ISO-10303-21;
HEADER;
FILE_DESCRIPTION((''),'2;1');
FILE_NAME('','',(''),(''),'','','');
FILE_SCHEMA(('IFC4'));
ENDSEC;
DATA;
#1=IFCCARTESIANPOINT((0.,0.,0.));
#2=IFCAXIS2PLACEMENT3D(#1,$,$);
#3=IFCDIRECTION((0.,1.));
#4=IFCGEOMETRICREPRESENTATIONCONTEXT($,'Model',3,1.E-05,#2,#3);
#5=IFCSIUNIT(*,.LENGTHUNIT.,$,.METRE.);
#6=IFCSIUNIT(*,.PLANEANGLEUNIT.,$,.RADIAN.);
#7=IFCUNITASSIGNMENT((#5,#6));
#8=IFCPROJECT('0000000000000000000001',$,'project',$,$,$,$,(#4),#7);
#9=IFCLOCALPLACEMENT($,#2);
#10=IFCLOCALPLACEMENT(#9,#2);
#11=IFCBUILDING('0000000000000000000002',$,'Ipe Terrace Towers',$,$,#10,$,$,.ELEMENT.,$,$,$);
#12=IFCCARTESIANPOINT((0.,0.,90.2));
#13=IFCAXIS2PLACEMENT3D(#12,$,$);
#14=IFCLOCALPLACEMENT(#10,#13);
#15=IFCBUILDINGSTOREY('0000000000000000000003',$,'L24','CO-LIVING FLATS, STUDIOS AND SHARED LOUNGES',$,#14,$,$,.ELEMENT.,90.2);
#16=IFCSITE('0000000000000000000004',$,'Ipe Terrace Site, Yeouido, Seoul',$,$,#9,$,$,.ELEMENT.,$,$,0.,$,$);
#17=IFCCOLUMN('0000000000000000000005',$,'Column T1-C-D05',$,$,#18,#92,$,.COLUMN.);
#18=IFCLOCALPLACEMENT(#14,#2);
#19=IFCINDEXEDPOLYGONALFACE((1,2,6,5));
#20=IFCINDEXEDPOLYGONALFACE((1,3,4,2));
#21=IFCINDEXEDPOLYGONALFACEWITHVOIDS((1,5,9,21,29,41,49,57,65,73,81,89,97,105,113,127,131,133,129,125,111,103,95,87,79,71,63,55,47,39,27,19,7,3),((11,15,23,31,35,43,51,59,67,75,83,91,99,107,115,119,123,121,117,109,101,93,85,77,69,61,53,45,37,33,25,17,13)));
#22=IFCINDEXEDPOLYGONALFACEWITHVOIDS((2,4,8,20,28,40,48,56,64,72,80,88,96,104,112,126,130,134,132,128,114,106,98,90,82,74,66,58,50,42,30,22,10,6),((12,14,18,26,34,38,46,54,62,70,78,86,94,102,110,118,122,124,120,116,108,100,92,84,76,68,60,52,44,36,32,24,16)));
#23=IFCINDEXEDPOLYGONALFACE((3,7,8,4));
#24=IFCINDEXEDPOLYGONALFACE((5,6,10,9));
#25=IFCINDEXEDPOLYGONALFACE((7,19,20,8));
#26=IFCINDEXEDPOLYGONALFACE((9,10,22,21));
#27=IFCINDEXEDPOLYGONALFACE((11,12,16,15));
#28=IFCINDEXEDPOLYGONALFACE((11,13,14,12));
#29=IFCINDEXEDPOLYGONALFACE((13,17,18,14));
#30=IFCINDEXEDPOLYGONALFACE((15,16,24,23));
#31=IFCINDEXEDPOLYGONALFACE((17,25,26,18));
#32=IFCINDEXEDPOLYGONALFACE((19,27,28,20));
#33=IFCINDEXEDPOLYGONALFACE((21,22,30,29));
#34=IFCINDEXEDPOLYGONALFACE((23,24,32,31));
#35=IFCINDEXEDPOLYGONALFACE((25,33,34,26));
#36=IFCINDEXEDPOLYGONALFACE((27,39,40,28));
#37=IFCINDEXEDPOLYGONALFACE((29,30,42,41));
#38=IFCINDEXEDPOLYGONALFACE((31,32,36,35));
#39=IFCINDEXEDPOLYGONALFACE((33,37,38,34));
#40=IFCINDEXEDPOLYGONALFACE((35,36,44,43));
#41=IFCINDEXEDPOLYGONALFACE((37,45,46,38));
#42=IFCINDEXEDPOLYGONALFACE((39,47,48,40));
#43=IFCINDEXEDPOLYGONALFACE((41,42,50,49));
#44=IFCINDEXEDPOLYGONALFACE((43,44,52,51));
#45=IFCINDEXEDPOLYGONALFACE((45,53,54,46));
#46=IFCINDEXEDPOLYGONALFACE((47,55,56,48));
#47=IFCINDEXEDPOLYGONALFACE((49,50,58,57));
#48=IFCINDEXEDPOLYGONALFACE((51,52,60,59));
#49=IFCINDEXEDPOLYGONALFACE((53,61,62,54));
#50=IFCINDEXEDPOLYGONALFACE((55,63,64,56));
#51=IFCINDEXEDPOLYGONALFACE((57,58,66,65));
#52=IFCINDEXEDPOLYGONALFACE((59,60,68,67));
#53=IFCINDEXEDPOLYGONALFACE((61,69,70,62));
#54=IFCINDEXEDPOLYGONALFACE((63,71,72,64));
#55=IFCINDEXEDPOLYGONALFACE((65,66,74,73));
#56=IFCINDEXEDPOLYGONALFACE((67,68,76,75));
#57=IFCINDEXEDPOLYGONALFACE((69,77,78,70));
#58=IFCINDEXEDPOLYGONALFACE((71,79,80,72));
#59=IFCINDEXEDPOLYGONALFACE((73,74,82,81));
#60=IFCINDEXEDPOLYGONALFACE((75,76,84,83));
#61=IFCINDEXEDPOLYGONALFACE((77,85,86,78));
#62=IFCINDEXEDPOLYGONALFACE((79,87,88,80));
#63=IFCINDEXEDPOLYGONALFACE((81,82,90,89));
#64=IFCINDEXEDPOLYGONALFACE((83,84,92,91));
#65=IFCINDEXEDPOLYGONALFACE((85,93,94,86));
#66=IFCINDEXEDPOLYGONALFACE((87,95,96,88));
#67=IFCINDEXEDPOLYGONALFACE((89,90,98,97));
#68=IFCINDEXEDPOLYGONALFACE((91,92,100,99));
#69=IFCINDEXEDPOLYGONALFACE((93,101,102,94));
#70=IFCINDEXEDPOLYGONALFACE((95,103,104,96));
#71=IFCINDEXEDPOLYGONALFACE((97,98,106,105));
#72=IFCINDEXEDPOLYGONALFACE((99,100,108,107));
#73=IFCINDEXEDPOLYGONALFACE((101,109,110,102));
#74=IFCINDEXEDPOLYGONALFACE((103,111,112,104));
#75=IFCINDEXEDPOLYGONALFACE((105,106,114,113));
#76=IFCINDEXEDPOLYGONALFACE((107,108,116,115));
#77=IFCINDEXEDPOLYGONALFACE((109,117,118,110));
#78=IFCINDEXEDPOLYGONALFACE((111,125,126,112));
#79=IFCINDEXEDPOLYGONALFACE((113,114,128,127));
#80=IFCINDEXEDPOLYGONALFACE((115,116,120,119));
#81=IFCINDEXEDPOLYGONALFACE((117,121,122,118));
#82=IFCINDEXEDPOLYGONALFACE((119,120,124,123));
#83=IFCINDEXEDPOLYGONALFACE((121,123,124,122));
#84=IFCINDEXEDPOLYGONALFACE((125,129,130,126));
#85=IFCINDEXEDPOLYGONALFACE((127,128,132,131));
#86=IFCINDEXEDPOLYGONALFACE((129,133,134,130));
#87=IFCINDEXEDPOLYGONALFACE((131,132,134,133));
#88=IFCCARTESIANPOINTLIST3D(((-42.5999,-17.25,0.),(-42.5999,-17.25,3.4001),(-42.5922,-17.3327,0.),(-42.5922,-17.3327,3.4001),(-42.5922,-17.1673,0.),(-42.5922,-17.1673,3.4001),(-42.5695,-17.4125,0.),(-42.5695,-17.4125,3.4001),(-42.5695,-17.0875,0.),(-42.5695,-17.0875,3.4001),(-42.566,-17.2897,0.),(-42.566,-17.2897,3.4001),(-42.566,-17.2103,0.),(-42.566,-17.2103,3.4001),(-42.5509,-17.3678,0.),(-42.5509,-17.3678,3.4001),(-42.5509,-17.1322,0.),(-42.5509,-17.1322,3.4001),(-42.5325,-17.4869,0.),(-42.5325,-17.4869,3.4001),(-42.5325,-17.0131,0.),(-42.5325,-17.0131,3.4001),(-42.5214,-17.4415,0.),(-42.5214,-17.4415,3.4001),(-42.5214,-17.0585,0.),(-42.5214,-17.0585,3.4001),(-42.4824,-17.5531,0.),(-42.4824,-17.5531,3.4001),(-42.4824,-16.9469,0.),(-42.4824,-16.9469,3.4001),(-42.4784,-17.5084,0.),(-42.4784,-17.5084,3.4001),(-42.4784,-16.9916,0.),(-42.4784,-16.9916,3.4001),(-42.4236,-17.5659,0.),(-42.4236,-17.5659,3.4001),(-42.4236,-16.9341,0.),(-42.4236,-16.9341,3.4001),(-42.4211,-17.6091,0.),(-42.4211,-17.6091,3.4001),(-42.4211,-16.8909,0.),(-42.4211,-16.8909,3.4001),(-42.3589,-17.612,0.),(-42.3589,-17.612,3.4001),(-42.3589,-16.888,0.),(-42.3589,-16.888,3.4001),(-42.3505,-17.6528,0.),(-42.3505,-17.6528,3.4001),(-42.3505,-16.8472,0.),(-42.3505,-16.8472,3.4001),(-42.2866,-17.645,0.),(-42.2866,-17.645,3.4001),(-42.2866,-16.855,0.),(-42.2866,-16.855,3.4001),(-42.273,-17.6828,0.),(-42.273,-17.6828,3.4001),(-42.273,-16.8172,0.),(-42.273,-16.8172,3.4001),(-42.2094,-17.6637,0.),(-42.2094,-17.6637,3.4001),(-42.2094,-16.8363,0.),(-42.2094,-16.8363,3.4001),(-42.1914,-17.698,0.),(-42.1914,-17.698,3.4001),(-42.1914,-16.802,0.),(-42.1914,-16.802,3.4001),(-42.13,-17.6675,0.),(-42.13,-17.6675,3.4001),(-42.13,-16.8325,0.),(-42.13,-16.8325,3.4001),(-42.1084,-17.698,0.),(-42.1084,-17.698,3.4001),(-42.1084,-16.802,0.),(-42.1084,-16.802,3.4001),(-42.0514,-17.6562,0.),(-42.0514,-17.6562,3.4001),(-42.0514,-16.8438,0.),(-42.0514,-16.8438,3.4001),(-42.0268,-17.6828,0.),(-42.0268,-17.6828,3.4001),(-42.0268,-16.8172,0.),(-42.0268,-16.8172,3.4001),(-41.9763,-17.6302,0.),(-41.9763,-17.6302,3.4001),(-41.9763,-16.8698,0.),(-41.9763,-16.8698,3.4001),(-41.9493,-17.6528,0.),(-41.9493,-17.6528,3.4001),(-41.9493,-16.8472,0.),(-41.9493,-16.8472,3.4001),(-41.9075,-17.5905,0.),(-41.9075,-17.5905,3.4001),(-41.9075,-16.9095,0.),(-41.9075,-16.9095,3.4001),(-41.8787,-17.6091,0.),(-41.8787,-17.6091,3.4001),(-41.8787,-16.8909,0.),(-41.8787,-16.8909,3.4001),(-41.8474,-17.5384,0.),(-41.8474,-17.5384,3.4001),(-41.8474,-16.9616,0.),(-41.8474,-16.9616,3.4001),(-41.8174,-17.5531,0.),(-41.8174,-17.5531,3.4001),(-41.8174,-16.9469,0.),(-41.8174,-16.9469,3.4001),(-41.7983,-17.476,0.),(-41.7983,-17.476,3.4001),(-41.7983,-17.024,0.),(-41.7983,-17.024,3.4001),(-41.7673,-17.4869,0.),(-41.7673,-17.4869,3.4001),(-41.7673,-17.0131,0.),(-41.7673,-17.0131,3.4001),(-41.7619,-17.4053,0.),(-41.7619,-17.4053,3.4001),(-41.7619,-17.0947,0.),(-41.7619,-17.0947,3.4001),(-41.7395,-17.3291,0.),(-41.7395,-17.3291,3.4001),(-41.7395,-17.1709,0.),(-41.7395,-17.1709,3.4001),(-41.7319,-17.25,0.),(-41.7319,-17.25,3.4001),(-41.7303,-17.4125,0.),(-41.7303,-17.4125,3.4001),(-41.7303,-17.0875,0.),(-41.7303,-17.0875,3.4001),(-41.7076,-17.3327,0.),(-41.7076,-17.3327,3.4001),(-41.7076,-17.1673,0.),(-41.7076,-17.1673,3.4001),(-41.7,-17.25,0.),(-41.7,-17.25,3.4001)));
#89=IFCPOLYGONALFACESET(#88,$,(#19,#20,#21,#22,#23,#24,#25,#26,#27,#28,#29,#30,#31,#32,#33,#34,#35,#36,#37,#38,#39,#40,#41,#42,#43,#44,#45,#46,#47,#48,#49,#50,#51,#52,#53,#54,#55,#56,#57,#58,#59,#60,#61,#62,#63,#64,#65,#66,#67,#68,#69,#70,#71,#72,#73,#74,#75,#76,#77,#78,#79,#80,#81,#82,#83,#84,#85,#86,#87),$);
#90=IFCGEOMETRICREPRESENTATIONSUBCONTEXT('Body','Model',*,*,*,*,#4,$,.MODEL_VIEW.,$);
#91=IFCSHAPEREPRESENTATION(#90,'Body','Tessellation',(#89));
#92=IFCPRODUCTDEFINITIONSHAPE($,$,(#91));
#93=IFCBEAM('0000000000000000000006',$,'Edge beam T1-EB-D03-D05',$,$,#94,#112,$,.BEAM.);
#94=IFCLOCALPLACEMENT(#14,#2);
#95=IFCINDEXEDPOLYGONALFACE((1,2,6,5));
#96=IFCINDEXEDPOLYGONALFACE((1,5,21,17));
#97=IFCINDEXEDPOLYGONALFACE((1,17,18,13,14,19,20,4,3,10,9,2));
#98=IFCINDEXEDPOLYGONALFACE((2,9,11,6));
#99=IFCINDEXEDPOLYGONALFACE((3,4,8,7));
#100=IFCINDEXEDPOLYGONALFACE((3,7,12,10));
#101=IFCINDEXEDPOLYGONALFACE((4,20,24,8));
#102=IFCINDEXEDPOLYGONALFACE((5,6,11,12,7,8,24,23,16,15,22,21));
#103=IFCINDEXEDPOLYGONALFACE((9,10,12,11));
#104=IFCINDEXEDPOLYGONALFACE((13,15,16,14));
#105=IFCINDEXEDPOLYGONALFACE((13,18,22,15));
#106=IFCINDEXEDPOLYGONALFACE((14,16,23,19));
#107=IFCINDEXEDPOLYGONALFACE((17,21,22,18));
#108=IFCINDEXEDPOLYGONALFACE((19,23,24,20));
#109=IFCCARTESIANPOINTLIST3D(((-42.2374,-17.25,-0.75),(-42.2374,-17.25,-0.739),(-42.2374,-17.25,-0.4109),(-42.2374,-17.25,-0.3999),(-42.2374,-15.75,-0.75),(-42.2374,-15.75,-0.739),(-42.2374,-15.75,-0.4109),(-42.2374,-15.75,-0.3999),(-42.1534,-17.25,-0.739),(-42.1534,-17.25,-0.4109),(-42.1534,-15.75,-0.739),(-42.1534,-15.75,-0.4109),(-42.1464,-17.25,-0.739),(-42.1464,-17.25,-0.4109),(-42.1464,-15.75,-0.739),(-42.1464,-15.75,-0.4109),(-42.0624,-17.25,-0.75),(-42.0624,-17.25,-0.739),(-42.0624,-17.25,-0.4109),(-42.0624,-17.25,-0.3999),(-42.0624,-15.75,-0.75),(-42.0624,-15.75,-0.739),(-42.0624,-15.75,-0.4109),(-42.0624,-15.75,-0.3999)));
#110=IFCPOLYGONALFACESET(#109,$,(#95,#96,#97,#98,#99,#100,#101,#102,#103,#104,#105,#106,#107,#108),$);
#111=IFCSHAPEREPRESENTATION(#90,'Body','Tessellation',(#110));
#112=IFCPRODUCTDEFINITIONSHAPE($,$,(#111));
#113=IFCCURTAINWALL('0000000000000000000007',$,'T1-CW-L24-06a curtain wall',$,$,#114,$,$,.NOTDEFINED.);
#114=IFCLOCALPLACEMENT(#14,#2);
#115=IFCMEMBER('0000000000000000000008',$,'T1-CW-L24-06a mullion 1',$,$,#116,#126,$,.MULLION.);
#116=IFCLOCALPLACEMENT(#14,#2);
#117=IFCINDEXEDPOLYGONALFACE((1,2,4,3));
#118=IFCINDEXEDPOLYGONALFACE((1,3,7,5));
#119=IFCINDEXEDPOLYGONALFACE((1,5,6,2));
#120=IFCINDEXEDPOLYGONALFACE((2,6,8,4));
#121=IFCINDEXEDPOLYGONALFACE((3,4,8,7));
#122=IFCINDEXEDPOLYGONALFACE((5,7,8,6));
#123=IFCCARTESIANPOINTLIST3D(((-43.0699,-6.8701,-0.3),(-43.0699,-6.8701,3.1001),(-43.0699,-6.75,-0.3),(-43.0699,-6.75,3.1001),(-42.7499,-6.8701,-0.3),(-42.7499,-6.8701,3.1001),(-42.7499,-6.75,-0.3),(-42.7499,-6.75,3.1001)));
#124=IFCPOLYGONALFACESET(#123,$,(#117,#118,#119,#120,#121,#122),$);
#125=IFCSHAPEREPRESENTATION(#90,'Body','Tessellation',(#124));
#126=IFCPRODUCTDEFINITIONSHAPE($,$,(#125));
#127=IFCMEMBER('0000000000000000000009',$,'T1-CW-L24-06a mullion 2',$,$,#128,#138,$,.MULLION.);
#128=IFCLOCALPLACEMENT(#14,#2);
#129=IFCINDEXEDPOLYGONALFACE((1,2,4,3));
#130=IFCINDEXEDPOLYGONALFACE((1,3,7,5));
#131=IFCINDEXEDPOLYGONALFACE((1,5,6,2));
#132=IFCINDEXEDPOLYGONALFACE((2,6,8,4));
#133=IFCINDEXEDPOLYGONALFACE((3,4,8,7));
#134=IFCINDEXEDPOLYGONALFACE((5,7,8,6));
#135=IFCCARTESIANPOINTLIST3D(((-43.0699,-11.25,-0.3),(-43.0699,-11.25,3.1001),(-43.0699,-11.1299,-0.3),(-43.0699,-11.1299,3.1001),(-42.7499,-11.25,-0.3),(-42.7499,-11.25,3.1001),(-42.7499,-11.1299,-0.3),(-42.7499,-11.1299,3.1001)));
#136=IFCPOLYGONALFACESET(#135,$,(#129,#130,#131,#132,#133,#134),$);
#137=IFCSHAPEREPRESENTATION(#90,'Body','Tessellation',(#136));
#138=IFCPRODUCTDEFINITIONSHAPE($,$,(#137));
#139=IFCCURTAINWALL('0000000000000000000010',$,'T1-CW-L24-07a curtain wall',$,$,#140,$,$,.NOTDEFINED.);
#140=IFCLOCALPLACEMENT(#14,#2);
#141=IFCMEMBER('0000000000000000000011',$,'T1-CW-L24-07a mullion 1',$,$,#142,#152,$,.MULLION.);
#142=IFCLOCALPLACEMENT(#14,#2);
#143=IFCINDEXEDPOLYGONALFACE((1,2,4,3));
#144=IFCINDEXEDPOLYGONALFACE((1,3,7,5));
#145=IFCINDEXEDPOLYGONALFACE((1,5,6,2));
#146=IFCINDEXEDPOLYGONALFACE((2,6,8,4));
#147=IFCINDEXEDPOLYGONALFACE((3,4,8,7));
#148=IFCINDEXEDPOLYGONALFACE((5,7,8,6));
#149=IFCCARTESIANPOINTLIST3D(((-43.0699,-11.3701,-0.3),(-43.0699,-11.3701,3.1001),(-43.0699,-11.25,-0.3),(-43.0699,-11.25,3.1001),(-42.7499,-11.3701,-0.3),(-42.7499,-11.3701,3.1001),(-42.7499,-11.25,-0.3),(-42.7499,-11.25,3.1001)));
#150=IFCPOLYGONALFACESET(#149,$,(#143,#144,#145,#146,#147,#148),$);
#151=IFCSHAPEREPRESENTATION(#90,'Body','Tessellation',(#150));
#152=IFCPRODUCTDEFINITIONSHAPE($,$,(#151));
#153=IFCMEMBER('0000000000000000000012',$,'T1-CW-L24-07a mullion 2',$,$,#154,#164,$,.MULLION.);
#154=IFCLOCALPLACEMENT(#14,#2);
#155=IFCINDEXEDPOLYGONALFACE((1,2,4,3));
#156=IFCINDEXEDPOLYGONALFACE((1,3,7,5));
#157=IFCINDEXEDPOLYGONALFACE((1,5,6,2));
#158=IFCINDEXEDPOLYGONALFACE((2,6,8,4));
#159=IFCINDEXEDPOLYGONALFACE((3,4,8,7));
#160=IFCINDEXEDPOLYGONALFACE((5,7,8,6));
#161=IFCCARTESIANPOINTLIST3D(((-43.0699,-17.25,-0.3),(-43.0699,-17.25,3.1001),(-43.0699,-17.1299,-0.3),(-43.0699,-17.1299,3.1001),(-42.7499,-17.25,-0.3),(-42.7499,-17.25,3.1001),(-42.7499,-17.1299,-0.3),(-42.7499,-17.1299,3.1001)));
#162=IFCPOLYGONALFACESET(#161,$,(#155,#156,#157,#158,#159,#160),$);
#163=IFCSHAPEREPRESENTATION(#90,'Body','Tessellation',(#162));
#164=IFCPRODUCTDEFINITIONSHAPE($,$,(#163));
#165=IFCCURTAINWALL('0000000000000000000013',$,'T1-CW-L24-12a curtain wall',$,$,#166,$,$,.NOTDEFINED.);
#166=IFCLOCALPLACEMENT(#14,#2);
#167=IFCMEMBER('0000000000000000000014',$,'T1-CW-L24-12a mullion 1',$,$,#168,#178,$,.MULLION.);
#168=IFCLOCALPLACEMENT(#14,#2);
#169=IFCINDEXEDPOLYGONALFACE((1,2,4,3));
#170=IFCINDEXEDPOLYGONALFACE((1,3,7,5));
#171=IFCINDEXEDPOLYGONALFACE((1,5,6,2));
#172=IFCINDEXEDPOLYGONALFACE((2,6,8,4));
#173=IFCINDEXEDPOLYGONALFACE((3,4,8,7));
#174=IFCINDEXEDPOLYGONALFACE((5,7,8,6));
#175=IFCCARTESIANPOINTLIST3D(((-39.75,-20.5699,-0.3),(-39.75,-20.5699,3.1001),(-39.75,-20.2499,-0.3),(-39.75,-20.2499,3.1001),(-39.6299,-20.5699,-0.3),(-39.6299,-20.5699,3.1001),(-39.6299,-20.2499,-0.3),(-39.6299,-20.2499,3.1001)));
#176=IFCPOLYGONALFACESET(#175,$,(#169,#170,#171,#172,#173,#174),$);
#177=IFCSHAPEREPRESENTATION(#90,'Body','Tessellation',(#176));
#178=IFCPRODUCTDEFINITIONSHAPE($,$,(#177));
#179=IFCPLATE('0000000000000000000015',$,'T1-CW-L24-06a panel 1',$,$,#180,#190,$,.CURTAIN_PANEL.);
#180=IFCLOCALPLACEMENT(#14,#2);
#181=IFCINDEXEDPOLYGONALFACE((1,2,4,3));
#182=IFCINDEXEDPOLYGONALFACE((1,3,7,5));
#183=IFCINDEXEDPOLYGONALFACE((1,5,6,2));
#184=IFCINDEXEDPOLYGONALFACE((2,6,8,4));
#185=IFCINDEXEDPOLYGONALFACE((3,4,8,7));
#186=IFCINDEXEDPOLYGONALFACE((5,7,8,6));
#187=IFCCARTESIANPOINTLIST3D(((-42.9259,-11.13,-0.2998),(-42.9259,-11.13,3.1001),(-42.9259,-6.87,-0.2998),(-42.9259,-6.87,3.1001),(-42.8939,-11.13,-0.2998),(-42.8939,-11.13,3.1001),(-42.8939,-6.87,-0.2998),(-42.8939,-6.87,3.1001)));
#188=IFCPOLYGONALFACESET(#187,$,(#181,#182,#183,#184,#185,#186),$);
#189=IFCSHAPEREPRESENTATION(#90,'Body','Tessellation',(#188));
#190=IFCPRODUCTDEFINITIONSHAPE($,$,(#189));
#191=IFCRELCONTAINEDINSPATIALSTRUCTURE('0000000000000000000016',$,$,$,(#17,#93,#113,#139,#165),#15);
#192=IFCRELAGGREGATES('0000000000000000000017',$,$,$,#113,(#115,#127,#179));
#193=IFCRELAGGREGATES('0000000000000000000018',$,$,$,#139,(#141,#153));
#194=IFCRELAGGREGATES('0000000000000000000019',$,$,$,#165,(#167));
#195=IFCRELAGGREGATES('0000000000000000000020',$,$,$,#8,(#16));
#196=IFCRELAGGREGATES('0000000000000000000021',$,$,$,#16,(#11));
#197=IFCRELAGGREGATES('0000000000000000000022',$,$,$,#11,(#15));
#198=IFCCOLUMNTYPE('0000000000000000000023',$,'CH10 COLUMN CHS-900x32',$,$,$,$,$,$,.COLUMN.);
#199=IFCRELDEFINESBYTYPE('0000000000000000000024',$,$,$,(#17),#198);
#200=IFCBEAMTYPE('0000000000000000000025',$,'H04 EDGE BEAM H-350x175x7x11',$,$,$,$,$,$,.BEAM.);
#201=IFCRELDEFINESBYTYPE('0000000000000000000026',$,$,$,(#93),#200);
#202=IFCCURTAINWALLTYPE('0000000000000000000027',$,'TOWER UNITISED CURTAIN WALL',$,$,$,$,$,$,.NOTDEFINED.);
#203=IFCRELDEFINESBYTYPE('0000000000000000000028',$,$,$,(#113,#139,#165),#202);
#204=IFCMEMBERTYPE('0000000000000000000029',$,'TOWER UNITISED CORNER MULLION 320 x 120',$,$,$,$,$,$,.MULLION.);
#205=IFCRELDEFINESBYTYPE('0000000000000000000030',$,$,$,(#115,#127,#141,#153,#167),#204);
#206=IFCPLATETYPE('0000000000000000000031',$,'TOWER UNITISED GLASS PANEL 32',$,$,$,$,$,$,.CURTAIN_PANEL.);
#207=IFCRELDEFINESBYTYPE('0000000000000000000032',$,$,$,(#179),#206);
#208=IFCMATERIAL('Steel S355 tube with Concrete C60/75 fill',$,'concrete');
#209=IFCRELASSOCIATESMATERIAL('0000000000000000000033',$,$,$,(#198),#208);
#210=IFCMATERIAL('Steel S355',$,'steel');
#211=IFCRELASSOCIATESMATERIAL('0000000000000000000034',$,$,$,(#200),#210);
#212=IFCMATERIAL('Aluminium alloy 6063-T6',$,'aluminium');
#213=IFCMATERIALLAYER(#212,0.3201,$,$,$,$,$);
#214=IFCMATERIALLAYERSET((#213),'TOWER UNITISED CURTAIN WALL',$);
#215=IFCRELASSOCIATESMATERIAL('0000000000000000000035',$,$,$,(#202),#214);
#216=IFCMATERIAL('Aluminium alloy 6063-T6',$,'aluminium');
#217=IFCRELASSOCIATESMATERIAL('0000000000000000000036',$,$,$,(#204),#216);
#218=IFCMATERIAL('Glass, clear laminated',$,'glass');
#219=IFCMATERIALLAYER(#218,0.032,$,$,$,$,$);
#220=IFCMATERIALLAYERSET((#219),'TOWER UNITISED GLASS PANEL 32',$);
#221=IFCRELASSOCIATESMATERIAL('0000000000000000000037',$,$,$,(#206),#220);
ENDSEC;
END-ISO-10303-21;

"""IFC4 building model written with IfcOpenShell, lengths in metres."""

from ifc_helpers import new_model, si_unit, direction, frame, origin, origin_2d, place, context, subcontext, project, spatial, rectangle, hollow_circle, i_section, extrude, material, layer, layer_set, material_profile, profile_set, type_object, element, aggregate, save


model = new_model("IFC4")

# Units and contexts
model_context = context("Model", 3, precision=1e-05, world=origin(), true_north=direction((0.0, 1.0)))
body_context = subcontext(model_context, "Body", "Model", "MODEL_VIEW")
ifc_project = project(units=[si_unit("LENGTHUNIT", "METRE"), si_unit("PLANEANGLEUNIT", "RADIAN")], contexts=[model_context])

# Site, building, storey
site_placement = place(None, origin())
site = spatial("IfcSite", under=ifc_project, at=site_placement, Name="Ipe Terrace Site, Yeouido, Seoul", CompositionType="ELEMENT", RefElevation=0.0)
building_placement = place(site_placement, origin())
building = spatial("IfcBuilding", under=site, at=building_placement, Name="Ipe Terrace Towers", CompositionType="ELEMENT")
storey_placement = place(building_placement, frame((0.0, 0.0, 90.2)))
storey = spatial("IfcBuildingStorey", under=building, at=storey_placement, Name="L24", Description="CO-LIVING FLATS, STUDIOS AND SHARED LOUNGES", CompositionType="ELEMENT", Elevation=90.2)

# Column
ifc_material_1 = material(Name="Steel S355 tube with Concrete C60/75 fill", Category="concrete")
ifc_material_profile_1 = material_profile(ifc_material_1, hollow_circle(Radius=0.45, WallThickness=0.032, at=origin_2d()), Name="CHS-900x32")
ifc_profile_set_1 = profile_set([ifc_material_profile_1], Name="Steel S355 tube with Concrete C60/75 fill")
column_type_1 = type_object("IfcColumnType", Name="CH10 COLUMN CHS-900x32", PredefinedType="COLUMN", material=ifc_profile_set_1)
for number, where, z_axis, x_axis, name in (
    (1, (-42.1499, -17.25, 0.0), (0.0, 0.0, 1.0), (1.0, 0.0, 0.0), "Column T1-C-D05"),
):
    element("IfcColumn", number, at=place(storey_placement, frame(where, z_axis=z_axis, x_axis=x_axis)), inside=storey, type_object=column_type_1, Name=name, PredefinedType="COLUMN", context=body_context, shape_type="SweptSolid", body=[
        extrude(hollow_circle(Radius=0.45, WallThickness=0.032, at=origin_2d()), origin(), (0.0, 0.0, 1.0), 3.4001),
    ])

# Beam
ifc_material_2 = material(Name="Steel S355", Category="steel")
ifc_material_profile_2 = material_profile(ifc_material_2, i_section(OverallWidth=0.175, OverallDepth=0.3501, WebThickness=0.0071, FlangeThickness=0.011, at=origin_2d()), Name="H-350x175x7x11")
ifc_profile_set_2 = profile_set([ifc_material_profile_2], Name="Steel S355")
beam_type = type_object("IfcBeamType", Name="H04 EDGE BEAM H-350x175x7x11", PredefinedType="BEAM", material=ifc_profile_set_2)
beam_placement = place(storey_placement, frame((-42.1499, -15.75, -0.575), z_axis=(0.0, -1.0, 0.0), x_axis=(1.0, 0.0, 0.0)))
element("IfcBeam", 2, at=beam_placement, inside=storey, type_object=beam_type, Name="Edge beam T1-EB-D03-D05", PredefinedType="BEAM", context=body_context, shape_type="SweptSolid", body=[
    extrude(i_section(OverallWidth=0.175, OverallDepth=0.3501, WebThickness=0.0071, FlangeThickness=0.011, at=origin_2d()), origin(), (0.0, 0.0, 1.0), 1.5),
])

# Curtain walls, members
ifc_material_3 = material(Name="Aluminium alloy 6063-T6", Category="aluminium")
ifc_layer_1 = layer(ifc_material_3, 0.3201)
ifc_layer_set_1 = layer_set([ifc_layer_1], Name="TOWER UNITISED CURTAIN WALL")
curtain_wall_type = type_object("IfcCurtainWallType", Name="TOWER UNITISED CURTAIN WALL", PredefinedType="NOTDEFINED", material=ifc_layer_set_1)
curtain_wall_1_placement = place(storey_placement, origin())
curtain_wall_1 = element("IfcCurtainWall", 3, at=curtain_wall_1_placement, inside=storey, type_object=curtain_wall_type, Name="T1-CW-L24-06a curtain wall", PredefinedType="NOTDEFINED")
ifc_material_4 = material(Name="Aluminium alloy 6063-T6", Category="aluminium")
ifc_material_profile_3 = material_profile(ifc_material_4, rectangle(XDim=0.3201, YDim=0.1201, at=origin_2d()), Name="TOWER UNITISED CORNER MULLION 320 x 120")
ifc_profile_set_3 = profile_set([ifc_material_profile_3], Name="Aluminium alloy 6063-T6")
member_type = type_object("IfcMemberType", Name="TOWER UNITISED CORNER MULLION 320 x 120", PredefinedType="MULLION", material=ifc_profile_set_3)
member_1_placement = place(storey_placement, frame((-42.9099, -6.8101, -0.3), z_axis=(0.0, 0.0, 1.0), x_axis=(-1.0, 0.0, 0.0)))
member_1 = element("IfcMember", 4, at=member_1_placement, type_object=member_type, Name="T1-CW-L24-06a mullion 1", PredefinedType="MULLION", context=body_context, shape_type="SweptSolid", body=[
    extrude(rectangle(XDim=0.3201, YDim=0.1201, at=origin_2d()), origin(), (0.0, 0.0, 1.0), 3.4001),
])
member_2_placement = place(storey_placement, frame((-42.9099, -11.1899, -0.3), z_axis=(0.0, 0.0, 1.0), x_axis=(-1.0, 0.0, 0.0)))
member_2 = element("IfcMember", 5, at=member_2_placement, type_object=member_type, Name="T1-CW-L24-06a mullion 2", PredefinedType="MULLION", context=body_context, shape_type="SweptSolid", body=[
    extrude(rectangle(XDim=0.3201, YDim=0.1201, at=origin_2d()), origin(), (0.0, 0.0, 1.0), 3.4001),
])
curtain_wall_2_placement = place(storey_placement, origin())
curtain_wall_2 = element("IfcCurtainWall", 6, at=curtain_wall_2_placement, inside=storey, type_object=curtain_wall_type, Name="T1-CW-L24-07a curtain wall", PredefinedType="NOTDEFINED")
member_3_placement = place(storey_placement, frame((-42.9099, -11.3101, -0.3), z_axis=(0.0, 0.0, 1.0), x_axis=(-1.0, 0.0, 0.0)))
member_3 = element("IfcMember", 7, at=member_3_placement, type_object=member_type, Name="T1-CW-L24-07a mullion 1", PredefinedType="MULLION", context=body_context, shape_type="SweptSolid", body=[
    extrude(rectangle(XDim=0.3201, YDim=0.1201, at=origin_2d()), origin(), (0.0, 0.0, 1.0), 3.4001),
])
member_4_placement = place(storey_placement, frame((-42.9099, -17.1899, -0.3), z_axis=(0.0, 0.0, 1.0), x_axis=(-1.0, 0.0, 0.0)))
member_4 = element("IfcMember", 8, at=member_4_placement, type_object=member_type, Name="T1-CW-L24-07a mullion 2", PredefinedType="MULLION", context=body_context, shape_type="SweptSolid", body=[
    extrude(rectangle(XDim=0.3201, YDim=0.1201, at=origin_2d()), origin(), (0.0, 0.0, 1.0), 3.4001),
])

# Curtain wall, member
curtain_wall_3_placement = place(storey_placement, origin())
curtain_wall_3 = element("IfcCurtainWall", 9, at=curtain_wall_3_placement, inside=storey, type_object=curtain_wall_type, Name="T1-CW-L24-12a curtain wall", PredefinedType="NOTDEFINED")
member_5_placement = place(storey_placement, frame((-39.6899, -20.4099, -0.3), z_axis=(0.0, 0.0, 1.0), x_axis=(0.0, -1.0, 0.0)))
member_5 = element("IfcMember", 10, at=member_5_placement, type_object=member_type, Name="T1-CW-L24-12a mullion 1", PredefinedType="MULLION", context=body_context, shape_type="SweptSolid", body=[
    extrude(rectangle(XDim=0.3201, YDim=0.1201, at=origin_2d()), origin(), (0.0, 0.0, 1.0), 3.4001),
])

# Plate
ifc_material_5 = material(Name="Glass, clear laminated", Category="glass")
ifc_layer_2 = layer(ifc_material_5, 0.032)
ifc_layer_set_2 = layer_set([ifc_layer_2], Name="TOWER UNITISED GLASS PANEL 32")
plate_type = type_object("IfcPlateType", Name="TOWER UNITISED GLASS PANEL 32", PredefinedType="CURTAIN_PANEL", material=ifc_layer_set_2)
plate_1_placement = place(storey_placement, frame((-42.9099, -9.0, -0.2998), z_axis=(0.0, 0.0, 1.0), x_axis=(0.0, -1.0, 0.0)))
plate_1 = element("IfcPlate", 11, at=plate_1_placement, type_object=plate_type, Name="T1-CW-L24-06a panel 1", PredefinedType="CURTAIN_PANEL", context=body_context, shape_type="SweptSolid", body=[
    extrude(rectangle(XDim=4.26, YDim=0.032, at=origin_2d()), origin(), (0.0, 0.0, 1.0), 3.3999),
])
aggregate(curtain_wall_1, [member_1, member_2, plate_1])
aggregate(curtain_wall_2, [member_3, member_4])
aggregate(curtain_wall_3, [member_5])

save(model, "model.ifc")
